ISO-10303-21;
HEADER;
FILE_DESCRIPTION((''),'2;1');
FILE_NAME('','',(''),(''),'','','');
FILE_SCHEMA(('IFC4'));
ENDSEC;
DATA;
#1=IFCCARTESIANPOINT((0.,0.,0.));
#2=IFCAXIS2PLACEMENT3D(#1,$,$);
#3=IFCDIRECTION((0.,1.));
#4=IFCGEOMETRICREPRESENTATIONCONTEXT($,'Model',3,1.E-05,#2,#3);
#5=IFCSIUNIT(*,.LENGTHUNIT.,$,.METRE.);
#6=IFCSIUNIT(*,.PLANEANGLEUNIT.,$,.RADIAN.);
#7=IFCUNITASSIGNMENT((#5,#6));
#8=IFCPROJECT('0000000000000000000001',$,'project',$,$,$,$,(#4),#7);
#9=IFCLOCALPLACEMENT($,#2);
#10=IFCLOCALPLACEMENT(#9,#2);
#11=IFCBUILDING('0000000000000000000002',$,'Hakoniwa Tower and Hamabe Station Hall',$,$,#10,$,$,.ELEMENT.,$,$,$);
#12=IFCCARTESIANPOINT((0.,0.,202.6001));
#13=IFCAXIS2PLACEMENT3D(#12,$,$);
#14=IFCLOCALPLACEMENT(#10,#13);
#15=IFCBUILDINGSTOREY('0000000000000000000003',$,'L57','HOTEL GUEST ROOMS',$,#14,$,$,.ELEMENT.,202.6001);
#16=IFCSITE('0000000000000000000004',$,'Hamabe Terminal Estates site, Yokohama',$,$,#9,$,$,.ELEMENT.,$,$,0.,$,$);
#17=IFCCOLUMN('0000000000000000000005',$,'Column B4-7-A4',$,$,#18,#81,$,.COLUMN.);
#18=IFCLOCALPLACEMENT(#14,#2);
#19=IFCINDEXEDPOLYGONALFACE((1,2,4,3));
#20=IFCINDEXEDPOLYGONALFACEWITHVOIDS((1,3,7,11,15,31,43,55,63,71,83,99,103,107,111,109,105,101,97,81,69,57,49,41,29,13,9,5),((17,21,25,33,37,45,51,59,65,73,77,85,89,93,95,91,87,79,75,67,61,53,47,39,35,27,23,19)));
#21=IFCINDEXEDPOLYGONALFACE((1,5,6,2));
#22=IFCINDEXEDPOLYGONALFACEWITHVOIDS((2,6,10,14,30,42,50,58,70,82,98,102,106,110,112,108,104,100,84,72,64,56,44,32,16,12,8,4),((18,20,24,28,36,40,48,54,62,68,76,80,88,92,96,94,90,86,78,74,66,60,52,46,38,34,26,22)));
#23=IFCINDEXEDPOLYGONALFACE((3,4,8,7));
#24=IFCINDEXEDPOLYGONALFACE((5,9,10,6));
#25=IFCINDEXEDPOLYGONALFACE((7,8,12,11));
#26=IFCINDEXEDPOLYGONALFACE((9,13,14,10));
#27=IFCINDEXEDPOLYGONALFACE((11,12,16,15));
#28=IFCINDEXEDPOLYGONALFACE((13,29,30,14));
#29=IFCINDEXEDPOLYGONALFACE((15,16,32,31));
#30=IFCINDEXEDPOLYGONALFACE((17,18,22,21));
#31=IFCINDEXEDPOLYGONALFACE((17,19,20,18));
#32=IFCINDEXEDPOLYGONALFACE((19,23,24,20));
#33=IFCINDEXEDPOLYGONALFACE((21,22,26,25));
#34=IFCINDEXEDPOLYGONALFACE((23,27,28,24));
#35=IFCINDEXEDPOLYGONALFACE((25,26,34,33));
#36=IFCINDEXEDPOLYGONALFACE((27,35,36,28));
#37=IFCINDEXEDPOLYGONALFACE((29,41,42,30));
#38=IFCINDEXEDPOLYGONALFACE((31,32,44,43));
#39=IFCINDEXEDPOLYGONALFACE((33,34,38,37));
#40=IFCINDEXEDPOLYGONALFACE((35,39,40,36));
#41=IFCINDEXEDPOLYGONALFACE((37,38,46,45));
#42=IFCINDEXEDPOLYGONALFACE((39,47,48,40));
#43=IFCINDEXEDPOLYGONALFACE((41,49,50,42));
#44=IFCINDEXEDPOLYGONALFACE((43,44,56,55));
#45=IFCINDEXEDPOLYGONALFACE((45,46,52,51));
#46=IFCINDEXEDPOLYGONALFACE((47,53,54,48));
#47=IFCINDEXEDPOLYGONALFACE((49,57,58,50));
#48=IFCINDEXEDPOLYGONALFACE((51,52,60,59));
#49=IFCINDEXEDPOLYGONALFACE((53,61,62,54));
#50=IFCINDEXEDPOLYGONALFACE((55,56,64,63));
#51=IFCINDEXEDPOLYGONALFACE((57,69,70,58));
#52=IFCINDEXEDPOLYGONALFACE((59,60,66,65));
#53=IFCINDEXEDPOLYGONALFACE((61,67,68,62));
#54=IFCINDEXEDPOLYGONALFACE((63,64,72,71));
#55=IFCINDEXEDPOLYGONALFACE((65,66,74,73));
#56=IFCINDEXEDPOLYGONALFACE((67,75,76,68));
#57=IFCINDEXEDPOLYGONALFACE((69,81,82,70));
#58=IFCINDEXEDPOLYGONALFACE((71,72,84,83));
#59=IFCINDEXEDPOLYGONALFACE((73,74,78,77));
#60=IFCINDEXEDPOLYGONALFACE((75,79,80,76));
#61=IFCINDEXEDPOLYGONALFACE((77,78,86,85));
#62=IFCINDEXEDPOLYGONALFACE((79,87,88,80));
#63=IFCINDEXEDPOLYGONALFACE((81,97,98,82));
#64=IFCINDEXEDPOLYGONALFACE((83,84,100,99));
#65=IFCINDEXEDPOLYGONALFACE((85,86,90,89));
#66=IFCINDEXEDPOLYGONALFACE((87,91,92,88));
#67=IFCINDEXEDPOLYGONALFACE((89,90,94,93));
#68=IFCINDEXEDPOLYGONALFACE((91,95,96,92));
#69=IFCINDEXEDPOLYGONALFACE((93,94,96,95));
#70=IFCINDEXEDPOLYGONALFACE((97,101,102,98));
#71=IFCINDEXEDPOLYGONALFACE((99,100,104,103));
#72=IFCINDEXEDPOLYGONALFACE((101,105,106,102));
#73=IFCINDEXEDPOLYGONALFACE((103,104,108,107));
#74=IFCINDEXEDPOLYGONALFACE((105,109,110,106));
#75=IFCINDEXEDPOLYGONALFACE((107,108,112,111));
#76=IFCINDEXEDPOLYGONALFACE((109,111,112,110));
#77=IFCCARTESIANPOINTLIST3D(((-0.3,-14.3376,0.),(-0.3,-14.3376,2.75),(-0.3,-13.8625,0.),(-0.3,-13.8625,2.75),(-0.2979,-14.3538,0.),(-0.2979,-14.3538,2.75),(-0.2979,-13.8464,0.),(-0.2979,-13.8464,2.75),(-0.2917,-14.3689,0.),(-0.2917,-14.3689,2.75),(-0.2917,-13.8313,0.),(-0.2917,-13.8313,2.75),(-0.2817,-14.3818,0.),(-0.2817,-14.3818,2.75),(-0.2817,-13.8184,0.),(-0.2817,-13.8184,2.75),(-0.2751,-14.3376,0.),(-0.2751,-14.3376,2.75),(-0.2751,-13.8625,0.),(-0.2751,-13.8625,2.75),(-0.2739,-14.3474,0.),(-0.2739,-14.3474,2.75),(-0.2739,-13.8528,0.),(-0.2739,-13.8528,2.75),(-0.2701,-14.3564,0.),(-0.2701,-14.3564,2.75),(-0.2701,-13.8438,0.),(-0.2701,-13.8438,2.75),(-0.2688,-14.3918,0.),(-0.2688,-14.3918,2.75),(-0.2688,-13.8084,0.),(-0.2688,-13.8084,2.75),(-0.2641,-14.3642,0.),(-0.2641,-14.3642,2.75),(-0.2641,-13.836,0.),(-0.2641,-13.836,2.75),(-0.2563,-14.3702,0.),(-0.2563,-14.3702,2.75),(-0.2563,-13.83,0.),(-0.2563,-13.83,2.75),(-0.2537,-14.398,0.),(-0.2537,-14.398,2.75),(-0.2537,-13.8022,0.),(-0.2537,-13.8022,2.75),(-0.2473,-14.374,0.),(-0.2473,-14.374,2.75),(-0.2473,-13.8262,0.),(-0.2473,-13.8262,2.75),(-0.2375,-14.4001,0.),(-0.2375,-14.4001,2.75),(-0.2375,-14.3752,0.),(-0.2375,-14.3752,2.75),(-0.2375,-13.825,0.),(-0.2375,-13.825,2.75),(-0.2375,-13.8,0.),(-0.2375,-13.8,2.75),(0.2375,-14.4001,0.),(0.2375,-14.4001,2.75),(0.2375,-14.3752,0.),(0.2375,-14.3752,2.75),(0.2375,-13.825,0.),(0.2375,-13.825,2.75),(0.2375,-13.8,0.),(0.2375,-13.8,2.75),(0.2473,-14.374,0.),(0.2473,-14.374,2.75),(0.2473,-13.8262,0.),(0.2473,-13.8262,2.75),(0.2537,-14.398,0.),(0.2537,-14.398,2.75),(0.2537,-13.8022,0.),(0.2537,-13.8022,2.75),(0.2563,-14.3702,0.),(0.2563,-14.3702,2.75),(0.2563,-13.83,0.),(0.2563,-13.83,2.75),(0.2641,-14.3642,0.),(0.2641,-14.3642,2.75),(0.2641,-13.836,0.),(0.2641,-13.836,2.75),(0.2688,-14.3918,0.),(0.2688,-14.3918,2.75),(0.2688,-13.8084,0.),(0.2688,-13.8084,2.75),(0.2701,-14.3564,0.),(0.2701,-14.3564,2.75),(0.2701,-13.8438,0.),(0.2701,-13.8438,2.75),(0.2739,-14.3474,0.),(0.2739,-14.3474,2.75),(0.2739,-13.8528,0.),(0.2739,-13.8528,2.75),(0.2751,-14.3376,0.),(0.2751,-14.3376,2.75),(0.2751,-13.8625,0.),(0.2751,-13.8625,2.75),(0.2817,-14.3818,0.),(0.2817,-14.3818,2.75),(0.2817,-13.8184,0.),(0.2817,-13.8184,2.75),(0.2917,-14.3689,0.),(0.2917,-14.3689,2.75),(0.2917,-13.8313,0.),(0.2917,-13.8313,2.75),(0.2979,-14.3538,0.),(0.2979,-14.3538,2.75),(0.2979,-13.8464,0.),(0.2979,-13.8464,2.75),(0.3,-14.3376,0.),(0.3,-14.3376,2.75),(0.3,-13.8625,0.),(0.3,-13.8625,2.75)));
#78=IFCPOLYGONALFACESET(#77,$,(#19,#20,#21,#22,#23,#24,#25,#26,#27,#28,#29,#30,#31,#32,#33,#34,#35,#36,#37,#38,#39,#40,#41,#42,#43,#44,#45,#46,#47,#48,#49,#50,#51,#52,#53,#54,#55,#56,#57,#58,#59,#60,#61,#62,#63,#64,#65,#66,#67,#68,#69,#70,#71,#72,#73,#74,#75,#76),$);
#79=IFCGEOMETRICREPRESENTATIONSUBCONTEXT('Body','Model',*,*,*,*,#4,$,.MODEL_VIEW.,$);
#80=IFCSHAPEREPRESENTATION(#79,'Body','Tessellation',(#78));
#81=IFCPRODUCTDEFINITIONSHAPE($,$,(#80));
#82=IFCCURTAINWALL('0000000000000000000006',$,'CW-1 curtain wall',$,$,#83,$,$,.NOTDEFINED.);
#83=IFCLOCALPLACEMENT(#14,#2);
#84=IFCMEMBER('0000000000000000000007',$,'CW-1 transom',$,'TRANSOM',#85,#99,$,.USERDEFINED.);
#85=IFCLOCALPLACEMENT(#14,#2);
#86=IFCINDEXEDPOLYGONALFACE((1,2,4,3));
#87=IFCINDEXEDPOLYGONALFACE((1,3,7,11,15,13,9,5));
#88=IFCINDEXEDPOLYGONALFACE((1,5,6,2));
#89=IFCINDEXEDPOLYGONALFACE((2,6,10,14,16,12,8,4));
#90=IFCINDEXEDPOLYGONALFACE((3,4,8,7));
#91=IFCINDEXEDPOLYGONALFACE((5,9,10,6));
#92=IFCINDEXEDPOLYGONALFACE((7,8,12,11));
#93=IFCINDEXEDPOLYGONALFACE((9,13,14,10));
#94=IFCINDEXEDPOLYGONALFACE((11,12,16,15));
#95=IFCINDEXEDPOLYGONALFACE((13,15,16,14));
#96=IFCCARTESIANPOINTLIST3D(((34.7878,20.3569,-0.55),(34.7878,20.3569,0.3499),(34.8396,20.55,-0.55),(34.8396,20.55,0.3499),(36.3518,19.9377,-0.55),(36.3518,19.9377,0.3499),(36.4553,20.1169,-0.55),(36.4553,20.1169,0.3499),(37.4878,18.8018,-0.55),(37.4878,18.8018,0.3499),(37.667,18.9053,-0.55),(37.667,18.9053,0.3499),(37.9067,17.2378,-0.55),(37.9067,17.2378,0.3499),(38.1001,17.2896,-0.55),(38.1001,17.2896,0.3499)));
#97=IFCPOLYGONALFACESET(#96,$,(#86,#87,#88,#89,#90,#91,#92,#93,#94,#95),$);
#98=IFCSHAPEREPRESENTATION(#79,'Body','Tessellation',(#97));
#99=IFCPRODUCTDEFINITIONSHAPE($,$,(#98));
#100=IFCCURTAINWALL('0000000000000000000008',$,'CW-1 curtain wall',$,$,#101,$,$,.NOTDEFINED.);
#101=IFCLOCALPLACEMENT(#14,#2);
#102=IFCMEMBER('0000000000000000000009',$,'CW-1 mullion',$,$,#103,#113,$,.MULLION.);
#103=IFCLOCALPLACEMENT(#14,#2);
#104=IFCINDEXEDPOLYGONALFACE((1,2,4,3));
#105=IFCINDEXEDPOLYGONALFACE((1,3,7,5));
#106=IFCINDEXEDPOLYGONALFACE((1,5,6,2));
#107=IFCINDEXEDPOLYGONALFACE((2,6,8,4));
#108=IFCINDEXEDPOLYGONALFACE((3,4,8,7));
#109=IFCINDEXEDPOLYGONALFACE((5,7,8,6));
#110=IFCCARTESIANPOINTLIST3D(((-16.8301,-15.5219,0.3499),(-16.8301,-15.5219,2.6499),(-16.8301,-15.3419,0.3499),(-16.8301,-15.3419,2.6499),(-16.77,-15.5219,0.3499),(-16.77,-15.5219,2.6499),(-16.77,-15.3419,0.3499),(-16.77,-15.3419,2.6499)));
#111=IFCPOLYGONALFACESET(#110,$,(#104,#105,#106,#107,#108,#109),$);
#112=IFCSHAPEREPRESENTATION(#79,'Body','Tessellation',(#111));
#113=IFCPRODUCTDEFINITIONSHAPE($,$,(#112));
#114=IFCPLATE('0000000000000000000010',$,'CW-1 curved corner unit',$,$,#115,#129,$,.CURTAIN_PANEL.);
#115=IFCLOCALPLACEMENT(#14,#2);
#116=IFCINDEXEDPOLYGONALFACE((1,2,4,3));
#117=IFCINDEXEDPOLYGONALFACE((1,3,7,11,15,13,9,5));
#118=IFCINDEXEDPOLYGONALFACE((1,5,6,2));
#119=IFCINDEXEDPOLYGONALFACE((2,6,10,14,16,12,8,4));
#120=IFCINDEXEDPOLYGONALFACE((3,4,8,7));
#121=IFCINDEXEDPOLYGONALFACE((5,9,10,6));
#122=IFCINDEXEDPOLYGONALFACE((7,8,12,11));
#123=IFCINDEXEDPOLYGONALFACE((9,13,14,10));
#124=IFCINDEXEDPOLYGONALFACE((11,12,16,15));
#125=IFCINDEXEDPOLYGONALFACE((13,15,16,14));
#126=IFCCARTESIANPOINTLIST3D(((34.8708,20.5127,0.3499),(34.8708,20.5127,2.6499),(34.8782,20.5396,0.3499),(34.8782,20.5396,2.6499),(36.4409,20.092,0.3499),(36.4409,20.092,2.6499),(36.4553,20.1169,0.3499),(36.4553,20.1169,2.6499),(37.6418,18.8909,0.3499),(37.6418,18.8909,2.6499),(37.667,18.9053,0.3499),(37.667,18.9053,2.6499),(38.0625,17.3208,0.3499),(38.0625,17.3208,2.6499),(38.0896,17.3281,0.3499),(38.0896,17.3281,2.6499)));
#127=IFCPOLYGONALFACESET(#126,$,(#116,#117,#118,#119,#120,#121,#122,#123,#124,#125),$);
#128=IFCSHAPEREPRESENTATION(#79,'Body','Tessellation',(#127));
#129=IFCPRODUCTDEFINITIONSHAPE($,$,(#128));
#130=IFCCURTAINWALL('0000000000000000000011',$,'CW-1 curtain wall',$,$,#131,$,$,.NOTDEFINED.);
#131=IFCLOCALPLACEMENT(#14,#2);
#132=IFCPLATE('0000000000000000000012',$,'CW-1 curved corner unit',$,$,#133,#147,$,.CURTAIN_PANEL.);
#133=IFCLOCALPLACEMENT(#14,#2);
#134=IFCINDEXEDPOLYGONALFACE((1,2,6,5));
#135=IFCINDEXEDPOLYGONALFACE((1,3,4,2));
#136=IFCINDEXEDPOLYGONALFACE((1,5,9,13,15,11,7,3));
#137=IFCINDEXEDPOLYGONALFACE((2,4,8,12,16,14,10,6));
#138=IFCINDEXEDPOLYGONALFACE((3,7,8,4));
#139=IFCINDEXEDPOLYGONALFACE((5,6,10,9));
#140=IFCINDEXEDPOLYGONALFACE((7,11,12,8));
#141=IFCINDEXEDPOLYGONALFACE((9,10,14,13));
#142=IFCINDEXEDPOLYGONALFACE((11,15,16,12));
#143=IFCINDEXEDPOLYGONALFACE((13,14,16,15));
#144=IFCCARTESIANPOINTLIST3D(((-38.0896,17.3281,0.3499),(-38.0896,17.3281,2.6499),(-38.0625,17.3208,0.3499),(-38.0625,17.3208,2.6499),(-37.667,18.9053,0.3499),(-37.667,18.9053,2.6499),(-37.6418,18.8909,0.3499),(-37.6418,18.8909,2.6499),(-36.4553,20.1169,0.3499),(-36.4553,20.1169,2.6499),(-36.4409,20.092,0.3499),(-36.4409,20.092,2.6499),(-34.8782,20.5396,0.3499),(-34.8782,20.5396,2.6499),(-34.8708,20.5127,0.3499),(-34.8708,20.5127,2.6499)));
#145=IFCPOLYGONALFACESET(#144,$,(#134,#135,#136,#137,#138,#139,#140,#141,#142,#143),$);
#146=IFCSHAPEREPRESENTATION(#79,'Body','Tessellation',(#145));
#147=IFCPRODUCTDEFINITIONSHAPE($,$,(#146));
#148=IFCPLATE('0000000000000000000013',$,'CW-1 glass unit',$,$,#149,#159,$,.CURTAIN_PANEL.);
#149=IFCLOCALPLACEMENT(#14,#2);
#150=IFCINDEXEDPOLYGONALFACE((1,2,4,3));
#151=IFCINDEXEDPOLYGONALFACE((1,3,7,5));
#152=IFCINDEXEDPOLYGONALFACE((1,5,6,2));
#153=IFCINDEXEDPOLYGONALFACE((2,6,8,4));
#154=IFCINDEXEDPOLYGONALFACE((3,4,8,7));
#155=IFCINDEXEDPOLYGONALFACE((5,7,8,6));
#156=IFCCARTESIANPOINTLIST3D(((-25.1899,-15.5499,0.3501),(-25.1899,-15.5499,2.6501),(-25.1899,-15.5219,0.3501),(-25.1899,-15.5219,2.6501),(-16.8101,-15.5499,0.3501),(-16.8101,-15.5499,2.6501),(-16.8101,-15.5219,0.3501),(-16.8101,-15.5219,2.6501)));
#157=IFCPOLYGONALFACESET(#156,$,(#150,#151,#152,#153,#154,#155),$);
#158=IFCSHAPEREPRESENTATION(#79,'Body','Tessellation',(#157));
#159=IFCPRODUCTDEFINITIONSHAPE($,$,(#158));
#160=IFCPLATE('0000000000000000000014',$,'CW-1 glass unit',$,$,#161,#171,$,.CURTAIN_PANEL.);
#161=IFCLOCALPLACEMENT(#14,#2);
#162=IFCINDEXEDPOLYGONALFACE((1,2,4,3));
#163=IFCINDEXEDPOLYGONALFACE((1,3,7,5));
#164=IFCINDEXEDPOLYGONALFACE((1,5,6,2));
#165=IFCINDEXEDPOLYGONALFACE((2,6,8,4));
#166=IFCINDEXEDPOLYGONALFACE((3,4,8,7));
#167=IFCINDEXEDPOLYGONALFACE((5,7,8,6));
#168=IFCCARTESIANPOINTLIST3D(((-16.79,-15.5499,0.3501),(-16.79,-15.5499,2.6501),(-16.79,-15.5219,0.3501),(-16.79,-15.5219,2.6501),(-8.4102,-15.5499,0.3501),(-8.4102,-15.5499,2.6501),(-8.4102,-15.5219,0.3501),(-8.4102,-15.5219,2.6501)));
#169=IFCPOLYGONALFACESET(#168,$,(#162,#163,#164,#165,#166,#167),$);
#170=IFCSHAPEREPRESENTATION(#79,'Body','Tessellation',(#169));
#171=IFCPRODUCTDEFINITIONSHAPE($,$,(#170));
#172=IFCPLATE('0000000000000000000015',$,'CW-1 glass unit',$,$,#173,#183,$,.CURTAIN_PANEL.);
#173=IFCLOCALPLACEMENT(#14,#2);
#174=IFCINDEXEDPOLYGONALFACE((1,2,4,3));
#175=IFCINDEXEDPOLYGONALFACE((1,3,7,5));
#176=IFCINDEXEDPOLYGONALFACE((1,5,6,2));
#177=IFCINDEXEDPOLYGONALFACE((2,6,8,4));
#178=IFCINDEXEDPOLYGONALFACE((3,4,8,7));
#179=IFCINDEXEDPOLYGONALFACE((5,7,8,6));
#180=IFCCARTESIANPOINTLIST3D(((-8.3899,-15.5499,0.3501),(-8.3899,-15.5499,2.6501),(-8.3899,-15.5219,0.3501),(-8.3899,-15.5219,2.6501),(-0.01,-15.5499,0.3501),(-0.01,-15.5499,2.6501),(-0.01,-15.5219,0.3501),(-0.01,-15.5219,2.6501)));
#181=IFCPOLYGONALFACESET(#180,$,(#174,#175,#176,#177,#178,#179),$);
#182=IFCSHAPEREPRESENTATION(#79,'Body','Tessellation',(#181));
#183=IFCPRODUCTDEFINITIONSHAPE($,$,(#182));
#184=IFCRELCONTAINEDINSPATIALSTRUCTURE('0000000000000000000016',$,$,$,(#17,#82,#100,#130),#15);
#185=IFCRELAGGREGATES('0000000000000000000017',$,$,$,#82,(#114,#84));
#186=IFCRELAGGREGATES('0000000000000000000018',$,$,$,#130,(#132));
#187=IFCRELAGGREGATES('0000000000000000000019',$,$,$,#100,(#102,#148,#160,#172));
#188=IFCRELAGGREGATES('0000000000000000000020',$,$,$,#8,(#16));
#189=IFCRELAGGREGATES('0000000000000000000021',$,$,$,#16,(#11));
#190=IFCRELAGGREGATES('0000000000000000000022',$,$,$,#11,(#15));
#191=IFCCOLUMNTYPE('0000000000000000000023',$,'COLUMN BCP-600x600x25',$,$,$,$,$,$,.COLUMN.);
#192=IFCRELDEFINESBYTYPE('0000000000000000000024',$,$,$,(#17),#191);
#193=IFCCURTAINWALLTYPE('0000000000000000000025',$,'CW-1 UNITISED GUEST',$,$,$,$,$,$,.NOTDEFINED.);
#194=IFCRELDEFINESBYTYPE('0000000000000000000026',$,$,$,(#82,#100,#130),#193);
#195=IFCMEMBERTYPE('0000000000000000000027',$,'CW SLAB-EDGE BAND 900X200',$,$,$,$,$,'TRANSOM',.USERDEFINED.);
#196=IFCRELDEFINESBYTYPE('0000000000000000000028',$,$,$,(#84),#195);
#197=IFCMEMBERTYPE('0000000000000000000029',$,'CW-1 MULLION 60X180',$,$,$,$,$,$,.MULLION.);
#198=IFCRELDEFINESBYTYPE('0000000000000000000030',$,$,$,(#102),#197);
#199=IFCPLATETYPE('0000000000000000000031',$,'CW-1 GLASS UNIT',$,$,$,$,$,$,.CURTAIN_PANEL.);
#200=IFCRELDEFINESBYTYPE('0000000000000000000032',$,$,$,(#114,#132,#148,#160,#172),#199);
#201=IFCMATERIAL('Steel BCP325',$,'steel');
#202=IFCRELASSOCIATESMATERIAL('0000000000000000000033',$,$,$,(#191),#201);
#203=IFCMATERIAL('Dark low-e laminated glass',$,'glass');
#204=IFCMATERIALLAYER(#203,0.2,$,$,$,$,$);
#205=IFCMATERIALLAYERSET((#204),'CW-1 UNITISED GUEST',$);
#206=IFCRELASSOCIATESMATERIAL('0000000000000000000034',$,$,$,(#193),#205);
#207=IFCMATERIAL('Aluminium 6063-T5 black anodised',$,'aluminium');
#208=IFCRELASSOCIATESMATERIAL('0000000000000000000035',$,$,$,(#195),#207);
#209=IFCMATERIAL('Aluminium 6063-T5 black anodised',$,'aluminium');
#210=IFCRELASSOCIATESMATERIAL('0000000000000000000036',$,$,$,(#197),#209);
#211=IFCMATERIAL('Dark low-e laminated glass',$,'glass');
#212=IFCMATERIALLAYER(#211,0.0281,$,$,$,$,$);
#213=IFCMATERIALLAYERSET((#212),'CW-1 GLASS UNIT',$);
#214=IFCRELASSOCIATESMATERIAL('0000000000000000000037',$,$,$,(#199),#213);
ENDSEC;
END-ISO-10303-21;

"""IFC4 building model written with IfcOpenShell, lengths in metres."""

from ifc_helpers import new_model, si_unit, direction, frame, origin, origin_2d, place, context, subcontext, project, spatial, polyline, rectangle, hollow_rectangle, outline, extrude, material, layer, layer_set, material_profile, profile_set, type_object, element, aggregate, save


model = new_model("IFC4")

# Units and contexts
model_context = context("Model", 3, precision=1e-05, world=origin(), true_north=direction((0.0, 1.0)))
body_context = subcontext(model_context, "Body", "Model", "MODEL_VIEW")
ifc_project = project(units=[si_unit("LENGTHUNIT", "METRE"), si_unit("PLANEANGLEUNIT", "RADIAN")], contexts=[model_context])

# Site, building, storey
site_placement = place(None, origin())
site = spatial("IfcSite", under=ifc_project, at=site_placement, Name="Hamabe Terminal Estates site, Yokohama", CompositionType="ELEMENT", RefElevation=0.0)
building_placement = place(site_placement, origin())
building = spatial("IfcBuilding", under=site, at=building_placement, Name="Hakoniwa Tower and Hamabe Station Hall", CompositionType="ELEMENT")
storey_placement = place(building_placement, frame((0.0, 0.0, 202.6001)))
storey = spatial("IfcBuildingStorey", under=building, at=storey_placement, Name="L57", Description="HOTEL GUEST ROOMS", CompositionType="ELEMENT", Elevation=202.6001)

# Column
ifc_material_1 = material(Name="Steel BCP325", Category="steel")
ifc_material_profile_1 = material_profile(ifc_material_1, hollow_rectangle(XDim=0.6001, YDim=0.6001, WallThickness=0.0249, InnerFilletRadius=0.0376, OuterFilletRadius=0.0625, at=origin_2d()), Name="BCP-600x600x25")
ifc_profile_set_1 = profile_set([ifc_material_profile_1], Name="Steel BCP325")
column_type = type_object("IfcColumnType", Name="COLUMN BCP-600x600x25", PredefinedType="COLUMN", material=ifc_profile_set_1)
for number, where, z_axis, x_axis, name in (
    (1, (0.0, -14.1001, 0.0), (0.0, 0.0, 1.0), (1.0, 0.0, 0.0), "Column B4-7-A4"),
):
    element("IfcColumn", number, at=place(storey_placement, frame(where, z_axis=z_axis, x_axis=x_axis)), inside=storey, type_object=column_type, Name=name, PredefinedType="COLUMN", context=body_context, shape_type="SweptSolid", body=[
        extrude(hollow_rectangle(XDim=0.6001, YDim=0.6001, WallThickness=0.0249, InnerFilletRadius=0.0376, OuterFilletRadius=0.0625, at=origin_2d()), origin(), (0.0, 0.0, 1.0), 2.75),
    ])

# Curtain walls, members
ifc_material_2 = material(Name="Dark low-e laminated glass", Category="glass")
ifc_layer_1 = layer(ifc_material_2, 0.2)
ifc_layer_set_1 = layer_set([ifc_layer_1], Name="CW-1 UNITISED GUEST")
curtain_wall_type = type_object("IfcCurtainWallType", Name="CW-1 UNITISED GUEST", PredefinedType="NOTDEFINED", material=ifc_layer_set_1)
curtain_wall_1_placement = place(storey_placement, origin())
curtain_wall_1 = element("IfcCurtainWall", 2, at=curtain_wall_1_placement, inside=storey, type_object=curtain_wall_type, Name="CW-1 curtain wall", PredefinedType="NOTDEFINED")
ifc_material_3 = material(Name="Aluminium 6063-T5 black anodised", Category="aluminium")
ifc_material_profile_2 = material_profile(ifc_material_3, rectangle(XDim=0.2, YDim=0.8999, at=origin_2d()), Name="CW SLAB-EDGE BAND 900X200")
ifc_profile_set_2 = profile_set([ifc_material_profile_2], Name="Aluminium 6063-T5 black anodised")
member_type_1 = type_object("IfcMemberType", Name="CW SLAB-EDGE BAND 900X200", ElementType="TRANSOM", PredefinedType="USERDEFINED", material=ifc_profile_set_2)
member_1_placement = place(storey_placement, frame((0.0, 0.0, -0.55)))
member_1 = element("IfcMember", 3, at=member_1_placement, type_object=member_type_1, Name="CW-1 transom", ObjectType="TRANSOM", PredefinedType="USERDEFINED", context=body_context, shape_type="SweptSolid", body=[
    extrude(outline(polyline([(38.1001, 17.2896), (37.667, 18.9053), (36.4553, 20.1169), (34.8396, 20.55), (34.7878, 20.3569), (36.3518, 19.9377), (37.4878, 18.8018), (37.9067, 17.2378), (38.1001, 17.2896)])), origin(), (0.0, 0.0, 1.0), 0.8999),
])
curtain_wall_2_placement = place(storey_placement, origin())
curtain_wall_2 = element("IfcCurtainWall", 4, at=curtain_wall_2_placement, inside=storey, type_object=curtain_wall_type, Name="CW-1 curtain wall", PredefinedType="NOTDEFINED")
ifc_material_4 = material(Name="Aluminium 6063-T5 black anodised", Category="aluminium")
ifc_material_profile_3 = material_profile(ifc_material_4, rectangle(XDim=0.0601, YDim=0.1799, at=origin_2d()), Name="CW-1 MULLION 60X180")
ifc_profile_set_3 = profile_set([ifc_material_profile_3], Name="Aluminium 6063-T5 black anodised")
member_type_2 = type_object("IfcMemberType", Name="CW-1 MULLION 60X180", PredefinedType="MULLION", material=ifc_profile_set_3)
member_2_placement = place(storey_placement, frame((-16.8, -15.4319, 0.3499), z_axis=(0.0, 0.0, 1.0), x_axis=(1.0, 0.0, 0.0)))
member_2 = element("IfcMember", 5, at=member_2_placement, type_object=member_type_2, Name="CW-1 mullion", PredefinedType="MULLION", context=body_context, shape_type="SweptSolid", body=[
    extrude(rectangle(XDim=0.0601, YDim=0.1799, at=origin_2d()), origin(), (0.0, 0.0, 1.0), 2.3),
])

# Plate
ifc_material_5 = material(Name="Dark low-e laminated glass", Category="glass")
ifc_layer_2 = layer(ifc_material_5, 0.0281)
ifc_layer_set_2 = layer_set([ifc_layer_2], Name="CW-1 GLASS UNIT")
plate_type = type_object("IfcPlateType", Name="CW-1 GLASS UNIT", PredefinedType="CURTAIN_PANEL", material=ifc_layer_set_2)
plate_1_placement = place(storey_placement, frame((0.0, 0.0, 0.3499)))
plate_1 = element("IfcPlate", 6, at=plate_1_placement, type_object=plate_type, Name="CW-1 curved corner unit", PredefinedType="CURTAIN_PANEL", context=body_context, shape_type="SweptSolid", body=[
    extrude(outline(polyline([(38.0896, 17.3281), (37.667, 18.9053), (36.4553, 20.1169), (34.8782, 20.5396), (34.8708, 20.5127), (36.4409, 20.092), (37.6418, 18.8909), (38.0625, 17.3208), (38.0896, 17.3281)])), origin(), (0.0, 0.0, 1.0), 2.3),
])
aggregate(curtain_wall_1, [plate_1, member_1])

# Curtain wall, plate
curtain_wall_3_placement = place(storey_placement, origin())
curtain_wall_3 = element("IfcCurtainWall", 7, at=curtain_wall_3_placement, inside=storey, type_object=curtain_wall_type, Name="CW-1 curtain wall", PredefinedType="NOTDEFINED")
plate_2_placement = place(storey_placement, frame((0.0, 0.0, 0.3499)))
plate_2 = element("IfcPlate", 8, at=plate_2_placement, type_object=plate_type, Name="CW-1 curved corner unit", PredefinedType="CURTAIN_PANEL", context=body_context, shape_type="SweptSolid", body=[
    extrude(outline(polyline([(-34.8782, 20.5396), (-36.4553, 20.1169), (-37.667, 18.9053), (-38.0896, 17.3281), (-38.0625, 17.3208), (-37.6418, 18.8909), (-36.4409, 20.092), (-34.8708, 20.5127), (-34.8782, 20.5396)])), origin(), (0.0, 0.0, 1.0), 2.3),
])
aggregate(curtain_wall_3, [plate_2])

# Plates
plate_3_placement = place(storey_placement, frame((-21.0, -15.5359, 0.3501), z_axis=(0.0, 0.0, 1.0), x_axis=(1.0, 0.0, 0.0)))
plate_3 = element("IfcPlate", 9, at=plate_3_placement, type_object=plate_type, Name="CW-1 glass unit", PredefinedType="CURTAIN_PANEL", context=body_context, shape_type="SweptSolid", body=[
    extrude(rectangle(XDim=8.3799, YDim=0.0281, at=origin_2d()), origin(), (0.0, 0.0, 1.0), 2.3),
])
plate_4_placement = place(storey_placement, frame((-12.6001, -15.5359, 0.3501), z_axis=(0.0, 0.0, 1.0), x_axis=(1.0, 0.0, 0.0)))
plate_4 = element("IfcPlate", 10, at=plate_4_placement, type_object=plate_type, Name="CW-1 glass unit", PredefinedType="CURTAIN_PANEL", context=body_context, shape_type="SweptSolid", body=[
    extrude(rectangle(XDim=8.3799, YDim=0.0281, at=origin_2d()), origin(), (0.0, 0.0, 1.0), 2.3),
])
plate_5_placement = place(storey_placement, frame((-4.2, -15.5359, 0.3501), z_axis=(0.0, 0.0, 1.0), x_axis=(1.0, 0.0, 0.0)))
plate_5 = element("IfcPlate", 11, at=plate_5_placement, type_object=plate_type, Name="CW-1 glass unit", PredefinedType="CURTAIN_PANEL", context=body_context, shape_type="SweptSolid", body=[
    extrude(rectangle(XDim=8.3799, YDim=0.0281, at=origin_2d()), origin(), (0.0, 0.0, 1.0), 2.3),
])
aggregate(curtain_wall_2, [member_2, plate_3, plate_4, plate_5])

save(model, "model.ifc")
